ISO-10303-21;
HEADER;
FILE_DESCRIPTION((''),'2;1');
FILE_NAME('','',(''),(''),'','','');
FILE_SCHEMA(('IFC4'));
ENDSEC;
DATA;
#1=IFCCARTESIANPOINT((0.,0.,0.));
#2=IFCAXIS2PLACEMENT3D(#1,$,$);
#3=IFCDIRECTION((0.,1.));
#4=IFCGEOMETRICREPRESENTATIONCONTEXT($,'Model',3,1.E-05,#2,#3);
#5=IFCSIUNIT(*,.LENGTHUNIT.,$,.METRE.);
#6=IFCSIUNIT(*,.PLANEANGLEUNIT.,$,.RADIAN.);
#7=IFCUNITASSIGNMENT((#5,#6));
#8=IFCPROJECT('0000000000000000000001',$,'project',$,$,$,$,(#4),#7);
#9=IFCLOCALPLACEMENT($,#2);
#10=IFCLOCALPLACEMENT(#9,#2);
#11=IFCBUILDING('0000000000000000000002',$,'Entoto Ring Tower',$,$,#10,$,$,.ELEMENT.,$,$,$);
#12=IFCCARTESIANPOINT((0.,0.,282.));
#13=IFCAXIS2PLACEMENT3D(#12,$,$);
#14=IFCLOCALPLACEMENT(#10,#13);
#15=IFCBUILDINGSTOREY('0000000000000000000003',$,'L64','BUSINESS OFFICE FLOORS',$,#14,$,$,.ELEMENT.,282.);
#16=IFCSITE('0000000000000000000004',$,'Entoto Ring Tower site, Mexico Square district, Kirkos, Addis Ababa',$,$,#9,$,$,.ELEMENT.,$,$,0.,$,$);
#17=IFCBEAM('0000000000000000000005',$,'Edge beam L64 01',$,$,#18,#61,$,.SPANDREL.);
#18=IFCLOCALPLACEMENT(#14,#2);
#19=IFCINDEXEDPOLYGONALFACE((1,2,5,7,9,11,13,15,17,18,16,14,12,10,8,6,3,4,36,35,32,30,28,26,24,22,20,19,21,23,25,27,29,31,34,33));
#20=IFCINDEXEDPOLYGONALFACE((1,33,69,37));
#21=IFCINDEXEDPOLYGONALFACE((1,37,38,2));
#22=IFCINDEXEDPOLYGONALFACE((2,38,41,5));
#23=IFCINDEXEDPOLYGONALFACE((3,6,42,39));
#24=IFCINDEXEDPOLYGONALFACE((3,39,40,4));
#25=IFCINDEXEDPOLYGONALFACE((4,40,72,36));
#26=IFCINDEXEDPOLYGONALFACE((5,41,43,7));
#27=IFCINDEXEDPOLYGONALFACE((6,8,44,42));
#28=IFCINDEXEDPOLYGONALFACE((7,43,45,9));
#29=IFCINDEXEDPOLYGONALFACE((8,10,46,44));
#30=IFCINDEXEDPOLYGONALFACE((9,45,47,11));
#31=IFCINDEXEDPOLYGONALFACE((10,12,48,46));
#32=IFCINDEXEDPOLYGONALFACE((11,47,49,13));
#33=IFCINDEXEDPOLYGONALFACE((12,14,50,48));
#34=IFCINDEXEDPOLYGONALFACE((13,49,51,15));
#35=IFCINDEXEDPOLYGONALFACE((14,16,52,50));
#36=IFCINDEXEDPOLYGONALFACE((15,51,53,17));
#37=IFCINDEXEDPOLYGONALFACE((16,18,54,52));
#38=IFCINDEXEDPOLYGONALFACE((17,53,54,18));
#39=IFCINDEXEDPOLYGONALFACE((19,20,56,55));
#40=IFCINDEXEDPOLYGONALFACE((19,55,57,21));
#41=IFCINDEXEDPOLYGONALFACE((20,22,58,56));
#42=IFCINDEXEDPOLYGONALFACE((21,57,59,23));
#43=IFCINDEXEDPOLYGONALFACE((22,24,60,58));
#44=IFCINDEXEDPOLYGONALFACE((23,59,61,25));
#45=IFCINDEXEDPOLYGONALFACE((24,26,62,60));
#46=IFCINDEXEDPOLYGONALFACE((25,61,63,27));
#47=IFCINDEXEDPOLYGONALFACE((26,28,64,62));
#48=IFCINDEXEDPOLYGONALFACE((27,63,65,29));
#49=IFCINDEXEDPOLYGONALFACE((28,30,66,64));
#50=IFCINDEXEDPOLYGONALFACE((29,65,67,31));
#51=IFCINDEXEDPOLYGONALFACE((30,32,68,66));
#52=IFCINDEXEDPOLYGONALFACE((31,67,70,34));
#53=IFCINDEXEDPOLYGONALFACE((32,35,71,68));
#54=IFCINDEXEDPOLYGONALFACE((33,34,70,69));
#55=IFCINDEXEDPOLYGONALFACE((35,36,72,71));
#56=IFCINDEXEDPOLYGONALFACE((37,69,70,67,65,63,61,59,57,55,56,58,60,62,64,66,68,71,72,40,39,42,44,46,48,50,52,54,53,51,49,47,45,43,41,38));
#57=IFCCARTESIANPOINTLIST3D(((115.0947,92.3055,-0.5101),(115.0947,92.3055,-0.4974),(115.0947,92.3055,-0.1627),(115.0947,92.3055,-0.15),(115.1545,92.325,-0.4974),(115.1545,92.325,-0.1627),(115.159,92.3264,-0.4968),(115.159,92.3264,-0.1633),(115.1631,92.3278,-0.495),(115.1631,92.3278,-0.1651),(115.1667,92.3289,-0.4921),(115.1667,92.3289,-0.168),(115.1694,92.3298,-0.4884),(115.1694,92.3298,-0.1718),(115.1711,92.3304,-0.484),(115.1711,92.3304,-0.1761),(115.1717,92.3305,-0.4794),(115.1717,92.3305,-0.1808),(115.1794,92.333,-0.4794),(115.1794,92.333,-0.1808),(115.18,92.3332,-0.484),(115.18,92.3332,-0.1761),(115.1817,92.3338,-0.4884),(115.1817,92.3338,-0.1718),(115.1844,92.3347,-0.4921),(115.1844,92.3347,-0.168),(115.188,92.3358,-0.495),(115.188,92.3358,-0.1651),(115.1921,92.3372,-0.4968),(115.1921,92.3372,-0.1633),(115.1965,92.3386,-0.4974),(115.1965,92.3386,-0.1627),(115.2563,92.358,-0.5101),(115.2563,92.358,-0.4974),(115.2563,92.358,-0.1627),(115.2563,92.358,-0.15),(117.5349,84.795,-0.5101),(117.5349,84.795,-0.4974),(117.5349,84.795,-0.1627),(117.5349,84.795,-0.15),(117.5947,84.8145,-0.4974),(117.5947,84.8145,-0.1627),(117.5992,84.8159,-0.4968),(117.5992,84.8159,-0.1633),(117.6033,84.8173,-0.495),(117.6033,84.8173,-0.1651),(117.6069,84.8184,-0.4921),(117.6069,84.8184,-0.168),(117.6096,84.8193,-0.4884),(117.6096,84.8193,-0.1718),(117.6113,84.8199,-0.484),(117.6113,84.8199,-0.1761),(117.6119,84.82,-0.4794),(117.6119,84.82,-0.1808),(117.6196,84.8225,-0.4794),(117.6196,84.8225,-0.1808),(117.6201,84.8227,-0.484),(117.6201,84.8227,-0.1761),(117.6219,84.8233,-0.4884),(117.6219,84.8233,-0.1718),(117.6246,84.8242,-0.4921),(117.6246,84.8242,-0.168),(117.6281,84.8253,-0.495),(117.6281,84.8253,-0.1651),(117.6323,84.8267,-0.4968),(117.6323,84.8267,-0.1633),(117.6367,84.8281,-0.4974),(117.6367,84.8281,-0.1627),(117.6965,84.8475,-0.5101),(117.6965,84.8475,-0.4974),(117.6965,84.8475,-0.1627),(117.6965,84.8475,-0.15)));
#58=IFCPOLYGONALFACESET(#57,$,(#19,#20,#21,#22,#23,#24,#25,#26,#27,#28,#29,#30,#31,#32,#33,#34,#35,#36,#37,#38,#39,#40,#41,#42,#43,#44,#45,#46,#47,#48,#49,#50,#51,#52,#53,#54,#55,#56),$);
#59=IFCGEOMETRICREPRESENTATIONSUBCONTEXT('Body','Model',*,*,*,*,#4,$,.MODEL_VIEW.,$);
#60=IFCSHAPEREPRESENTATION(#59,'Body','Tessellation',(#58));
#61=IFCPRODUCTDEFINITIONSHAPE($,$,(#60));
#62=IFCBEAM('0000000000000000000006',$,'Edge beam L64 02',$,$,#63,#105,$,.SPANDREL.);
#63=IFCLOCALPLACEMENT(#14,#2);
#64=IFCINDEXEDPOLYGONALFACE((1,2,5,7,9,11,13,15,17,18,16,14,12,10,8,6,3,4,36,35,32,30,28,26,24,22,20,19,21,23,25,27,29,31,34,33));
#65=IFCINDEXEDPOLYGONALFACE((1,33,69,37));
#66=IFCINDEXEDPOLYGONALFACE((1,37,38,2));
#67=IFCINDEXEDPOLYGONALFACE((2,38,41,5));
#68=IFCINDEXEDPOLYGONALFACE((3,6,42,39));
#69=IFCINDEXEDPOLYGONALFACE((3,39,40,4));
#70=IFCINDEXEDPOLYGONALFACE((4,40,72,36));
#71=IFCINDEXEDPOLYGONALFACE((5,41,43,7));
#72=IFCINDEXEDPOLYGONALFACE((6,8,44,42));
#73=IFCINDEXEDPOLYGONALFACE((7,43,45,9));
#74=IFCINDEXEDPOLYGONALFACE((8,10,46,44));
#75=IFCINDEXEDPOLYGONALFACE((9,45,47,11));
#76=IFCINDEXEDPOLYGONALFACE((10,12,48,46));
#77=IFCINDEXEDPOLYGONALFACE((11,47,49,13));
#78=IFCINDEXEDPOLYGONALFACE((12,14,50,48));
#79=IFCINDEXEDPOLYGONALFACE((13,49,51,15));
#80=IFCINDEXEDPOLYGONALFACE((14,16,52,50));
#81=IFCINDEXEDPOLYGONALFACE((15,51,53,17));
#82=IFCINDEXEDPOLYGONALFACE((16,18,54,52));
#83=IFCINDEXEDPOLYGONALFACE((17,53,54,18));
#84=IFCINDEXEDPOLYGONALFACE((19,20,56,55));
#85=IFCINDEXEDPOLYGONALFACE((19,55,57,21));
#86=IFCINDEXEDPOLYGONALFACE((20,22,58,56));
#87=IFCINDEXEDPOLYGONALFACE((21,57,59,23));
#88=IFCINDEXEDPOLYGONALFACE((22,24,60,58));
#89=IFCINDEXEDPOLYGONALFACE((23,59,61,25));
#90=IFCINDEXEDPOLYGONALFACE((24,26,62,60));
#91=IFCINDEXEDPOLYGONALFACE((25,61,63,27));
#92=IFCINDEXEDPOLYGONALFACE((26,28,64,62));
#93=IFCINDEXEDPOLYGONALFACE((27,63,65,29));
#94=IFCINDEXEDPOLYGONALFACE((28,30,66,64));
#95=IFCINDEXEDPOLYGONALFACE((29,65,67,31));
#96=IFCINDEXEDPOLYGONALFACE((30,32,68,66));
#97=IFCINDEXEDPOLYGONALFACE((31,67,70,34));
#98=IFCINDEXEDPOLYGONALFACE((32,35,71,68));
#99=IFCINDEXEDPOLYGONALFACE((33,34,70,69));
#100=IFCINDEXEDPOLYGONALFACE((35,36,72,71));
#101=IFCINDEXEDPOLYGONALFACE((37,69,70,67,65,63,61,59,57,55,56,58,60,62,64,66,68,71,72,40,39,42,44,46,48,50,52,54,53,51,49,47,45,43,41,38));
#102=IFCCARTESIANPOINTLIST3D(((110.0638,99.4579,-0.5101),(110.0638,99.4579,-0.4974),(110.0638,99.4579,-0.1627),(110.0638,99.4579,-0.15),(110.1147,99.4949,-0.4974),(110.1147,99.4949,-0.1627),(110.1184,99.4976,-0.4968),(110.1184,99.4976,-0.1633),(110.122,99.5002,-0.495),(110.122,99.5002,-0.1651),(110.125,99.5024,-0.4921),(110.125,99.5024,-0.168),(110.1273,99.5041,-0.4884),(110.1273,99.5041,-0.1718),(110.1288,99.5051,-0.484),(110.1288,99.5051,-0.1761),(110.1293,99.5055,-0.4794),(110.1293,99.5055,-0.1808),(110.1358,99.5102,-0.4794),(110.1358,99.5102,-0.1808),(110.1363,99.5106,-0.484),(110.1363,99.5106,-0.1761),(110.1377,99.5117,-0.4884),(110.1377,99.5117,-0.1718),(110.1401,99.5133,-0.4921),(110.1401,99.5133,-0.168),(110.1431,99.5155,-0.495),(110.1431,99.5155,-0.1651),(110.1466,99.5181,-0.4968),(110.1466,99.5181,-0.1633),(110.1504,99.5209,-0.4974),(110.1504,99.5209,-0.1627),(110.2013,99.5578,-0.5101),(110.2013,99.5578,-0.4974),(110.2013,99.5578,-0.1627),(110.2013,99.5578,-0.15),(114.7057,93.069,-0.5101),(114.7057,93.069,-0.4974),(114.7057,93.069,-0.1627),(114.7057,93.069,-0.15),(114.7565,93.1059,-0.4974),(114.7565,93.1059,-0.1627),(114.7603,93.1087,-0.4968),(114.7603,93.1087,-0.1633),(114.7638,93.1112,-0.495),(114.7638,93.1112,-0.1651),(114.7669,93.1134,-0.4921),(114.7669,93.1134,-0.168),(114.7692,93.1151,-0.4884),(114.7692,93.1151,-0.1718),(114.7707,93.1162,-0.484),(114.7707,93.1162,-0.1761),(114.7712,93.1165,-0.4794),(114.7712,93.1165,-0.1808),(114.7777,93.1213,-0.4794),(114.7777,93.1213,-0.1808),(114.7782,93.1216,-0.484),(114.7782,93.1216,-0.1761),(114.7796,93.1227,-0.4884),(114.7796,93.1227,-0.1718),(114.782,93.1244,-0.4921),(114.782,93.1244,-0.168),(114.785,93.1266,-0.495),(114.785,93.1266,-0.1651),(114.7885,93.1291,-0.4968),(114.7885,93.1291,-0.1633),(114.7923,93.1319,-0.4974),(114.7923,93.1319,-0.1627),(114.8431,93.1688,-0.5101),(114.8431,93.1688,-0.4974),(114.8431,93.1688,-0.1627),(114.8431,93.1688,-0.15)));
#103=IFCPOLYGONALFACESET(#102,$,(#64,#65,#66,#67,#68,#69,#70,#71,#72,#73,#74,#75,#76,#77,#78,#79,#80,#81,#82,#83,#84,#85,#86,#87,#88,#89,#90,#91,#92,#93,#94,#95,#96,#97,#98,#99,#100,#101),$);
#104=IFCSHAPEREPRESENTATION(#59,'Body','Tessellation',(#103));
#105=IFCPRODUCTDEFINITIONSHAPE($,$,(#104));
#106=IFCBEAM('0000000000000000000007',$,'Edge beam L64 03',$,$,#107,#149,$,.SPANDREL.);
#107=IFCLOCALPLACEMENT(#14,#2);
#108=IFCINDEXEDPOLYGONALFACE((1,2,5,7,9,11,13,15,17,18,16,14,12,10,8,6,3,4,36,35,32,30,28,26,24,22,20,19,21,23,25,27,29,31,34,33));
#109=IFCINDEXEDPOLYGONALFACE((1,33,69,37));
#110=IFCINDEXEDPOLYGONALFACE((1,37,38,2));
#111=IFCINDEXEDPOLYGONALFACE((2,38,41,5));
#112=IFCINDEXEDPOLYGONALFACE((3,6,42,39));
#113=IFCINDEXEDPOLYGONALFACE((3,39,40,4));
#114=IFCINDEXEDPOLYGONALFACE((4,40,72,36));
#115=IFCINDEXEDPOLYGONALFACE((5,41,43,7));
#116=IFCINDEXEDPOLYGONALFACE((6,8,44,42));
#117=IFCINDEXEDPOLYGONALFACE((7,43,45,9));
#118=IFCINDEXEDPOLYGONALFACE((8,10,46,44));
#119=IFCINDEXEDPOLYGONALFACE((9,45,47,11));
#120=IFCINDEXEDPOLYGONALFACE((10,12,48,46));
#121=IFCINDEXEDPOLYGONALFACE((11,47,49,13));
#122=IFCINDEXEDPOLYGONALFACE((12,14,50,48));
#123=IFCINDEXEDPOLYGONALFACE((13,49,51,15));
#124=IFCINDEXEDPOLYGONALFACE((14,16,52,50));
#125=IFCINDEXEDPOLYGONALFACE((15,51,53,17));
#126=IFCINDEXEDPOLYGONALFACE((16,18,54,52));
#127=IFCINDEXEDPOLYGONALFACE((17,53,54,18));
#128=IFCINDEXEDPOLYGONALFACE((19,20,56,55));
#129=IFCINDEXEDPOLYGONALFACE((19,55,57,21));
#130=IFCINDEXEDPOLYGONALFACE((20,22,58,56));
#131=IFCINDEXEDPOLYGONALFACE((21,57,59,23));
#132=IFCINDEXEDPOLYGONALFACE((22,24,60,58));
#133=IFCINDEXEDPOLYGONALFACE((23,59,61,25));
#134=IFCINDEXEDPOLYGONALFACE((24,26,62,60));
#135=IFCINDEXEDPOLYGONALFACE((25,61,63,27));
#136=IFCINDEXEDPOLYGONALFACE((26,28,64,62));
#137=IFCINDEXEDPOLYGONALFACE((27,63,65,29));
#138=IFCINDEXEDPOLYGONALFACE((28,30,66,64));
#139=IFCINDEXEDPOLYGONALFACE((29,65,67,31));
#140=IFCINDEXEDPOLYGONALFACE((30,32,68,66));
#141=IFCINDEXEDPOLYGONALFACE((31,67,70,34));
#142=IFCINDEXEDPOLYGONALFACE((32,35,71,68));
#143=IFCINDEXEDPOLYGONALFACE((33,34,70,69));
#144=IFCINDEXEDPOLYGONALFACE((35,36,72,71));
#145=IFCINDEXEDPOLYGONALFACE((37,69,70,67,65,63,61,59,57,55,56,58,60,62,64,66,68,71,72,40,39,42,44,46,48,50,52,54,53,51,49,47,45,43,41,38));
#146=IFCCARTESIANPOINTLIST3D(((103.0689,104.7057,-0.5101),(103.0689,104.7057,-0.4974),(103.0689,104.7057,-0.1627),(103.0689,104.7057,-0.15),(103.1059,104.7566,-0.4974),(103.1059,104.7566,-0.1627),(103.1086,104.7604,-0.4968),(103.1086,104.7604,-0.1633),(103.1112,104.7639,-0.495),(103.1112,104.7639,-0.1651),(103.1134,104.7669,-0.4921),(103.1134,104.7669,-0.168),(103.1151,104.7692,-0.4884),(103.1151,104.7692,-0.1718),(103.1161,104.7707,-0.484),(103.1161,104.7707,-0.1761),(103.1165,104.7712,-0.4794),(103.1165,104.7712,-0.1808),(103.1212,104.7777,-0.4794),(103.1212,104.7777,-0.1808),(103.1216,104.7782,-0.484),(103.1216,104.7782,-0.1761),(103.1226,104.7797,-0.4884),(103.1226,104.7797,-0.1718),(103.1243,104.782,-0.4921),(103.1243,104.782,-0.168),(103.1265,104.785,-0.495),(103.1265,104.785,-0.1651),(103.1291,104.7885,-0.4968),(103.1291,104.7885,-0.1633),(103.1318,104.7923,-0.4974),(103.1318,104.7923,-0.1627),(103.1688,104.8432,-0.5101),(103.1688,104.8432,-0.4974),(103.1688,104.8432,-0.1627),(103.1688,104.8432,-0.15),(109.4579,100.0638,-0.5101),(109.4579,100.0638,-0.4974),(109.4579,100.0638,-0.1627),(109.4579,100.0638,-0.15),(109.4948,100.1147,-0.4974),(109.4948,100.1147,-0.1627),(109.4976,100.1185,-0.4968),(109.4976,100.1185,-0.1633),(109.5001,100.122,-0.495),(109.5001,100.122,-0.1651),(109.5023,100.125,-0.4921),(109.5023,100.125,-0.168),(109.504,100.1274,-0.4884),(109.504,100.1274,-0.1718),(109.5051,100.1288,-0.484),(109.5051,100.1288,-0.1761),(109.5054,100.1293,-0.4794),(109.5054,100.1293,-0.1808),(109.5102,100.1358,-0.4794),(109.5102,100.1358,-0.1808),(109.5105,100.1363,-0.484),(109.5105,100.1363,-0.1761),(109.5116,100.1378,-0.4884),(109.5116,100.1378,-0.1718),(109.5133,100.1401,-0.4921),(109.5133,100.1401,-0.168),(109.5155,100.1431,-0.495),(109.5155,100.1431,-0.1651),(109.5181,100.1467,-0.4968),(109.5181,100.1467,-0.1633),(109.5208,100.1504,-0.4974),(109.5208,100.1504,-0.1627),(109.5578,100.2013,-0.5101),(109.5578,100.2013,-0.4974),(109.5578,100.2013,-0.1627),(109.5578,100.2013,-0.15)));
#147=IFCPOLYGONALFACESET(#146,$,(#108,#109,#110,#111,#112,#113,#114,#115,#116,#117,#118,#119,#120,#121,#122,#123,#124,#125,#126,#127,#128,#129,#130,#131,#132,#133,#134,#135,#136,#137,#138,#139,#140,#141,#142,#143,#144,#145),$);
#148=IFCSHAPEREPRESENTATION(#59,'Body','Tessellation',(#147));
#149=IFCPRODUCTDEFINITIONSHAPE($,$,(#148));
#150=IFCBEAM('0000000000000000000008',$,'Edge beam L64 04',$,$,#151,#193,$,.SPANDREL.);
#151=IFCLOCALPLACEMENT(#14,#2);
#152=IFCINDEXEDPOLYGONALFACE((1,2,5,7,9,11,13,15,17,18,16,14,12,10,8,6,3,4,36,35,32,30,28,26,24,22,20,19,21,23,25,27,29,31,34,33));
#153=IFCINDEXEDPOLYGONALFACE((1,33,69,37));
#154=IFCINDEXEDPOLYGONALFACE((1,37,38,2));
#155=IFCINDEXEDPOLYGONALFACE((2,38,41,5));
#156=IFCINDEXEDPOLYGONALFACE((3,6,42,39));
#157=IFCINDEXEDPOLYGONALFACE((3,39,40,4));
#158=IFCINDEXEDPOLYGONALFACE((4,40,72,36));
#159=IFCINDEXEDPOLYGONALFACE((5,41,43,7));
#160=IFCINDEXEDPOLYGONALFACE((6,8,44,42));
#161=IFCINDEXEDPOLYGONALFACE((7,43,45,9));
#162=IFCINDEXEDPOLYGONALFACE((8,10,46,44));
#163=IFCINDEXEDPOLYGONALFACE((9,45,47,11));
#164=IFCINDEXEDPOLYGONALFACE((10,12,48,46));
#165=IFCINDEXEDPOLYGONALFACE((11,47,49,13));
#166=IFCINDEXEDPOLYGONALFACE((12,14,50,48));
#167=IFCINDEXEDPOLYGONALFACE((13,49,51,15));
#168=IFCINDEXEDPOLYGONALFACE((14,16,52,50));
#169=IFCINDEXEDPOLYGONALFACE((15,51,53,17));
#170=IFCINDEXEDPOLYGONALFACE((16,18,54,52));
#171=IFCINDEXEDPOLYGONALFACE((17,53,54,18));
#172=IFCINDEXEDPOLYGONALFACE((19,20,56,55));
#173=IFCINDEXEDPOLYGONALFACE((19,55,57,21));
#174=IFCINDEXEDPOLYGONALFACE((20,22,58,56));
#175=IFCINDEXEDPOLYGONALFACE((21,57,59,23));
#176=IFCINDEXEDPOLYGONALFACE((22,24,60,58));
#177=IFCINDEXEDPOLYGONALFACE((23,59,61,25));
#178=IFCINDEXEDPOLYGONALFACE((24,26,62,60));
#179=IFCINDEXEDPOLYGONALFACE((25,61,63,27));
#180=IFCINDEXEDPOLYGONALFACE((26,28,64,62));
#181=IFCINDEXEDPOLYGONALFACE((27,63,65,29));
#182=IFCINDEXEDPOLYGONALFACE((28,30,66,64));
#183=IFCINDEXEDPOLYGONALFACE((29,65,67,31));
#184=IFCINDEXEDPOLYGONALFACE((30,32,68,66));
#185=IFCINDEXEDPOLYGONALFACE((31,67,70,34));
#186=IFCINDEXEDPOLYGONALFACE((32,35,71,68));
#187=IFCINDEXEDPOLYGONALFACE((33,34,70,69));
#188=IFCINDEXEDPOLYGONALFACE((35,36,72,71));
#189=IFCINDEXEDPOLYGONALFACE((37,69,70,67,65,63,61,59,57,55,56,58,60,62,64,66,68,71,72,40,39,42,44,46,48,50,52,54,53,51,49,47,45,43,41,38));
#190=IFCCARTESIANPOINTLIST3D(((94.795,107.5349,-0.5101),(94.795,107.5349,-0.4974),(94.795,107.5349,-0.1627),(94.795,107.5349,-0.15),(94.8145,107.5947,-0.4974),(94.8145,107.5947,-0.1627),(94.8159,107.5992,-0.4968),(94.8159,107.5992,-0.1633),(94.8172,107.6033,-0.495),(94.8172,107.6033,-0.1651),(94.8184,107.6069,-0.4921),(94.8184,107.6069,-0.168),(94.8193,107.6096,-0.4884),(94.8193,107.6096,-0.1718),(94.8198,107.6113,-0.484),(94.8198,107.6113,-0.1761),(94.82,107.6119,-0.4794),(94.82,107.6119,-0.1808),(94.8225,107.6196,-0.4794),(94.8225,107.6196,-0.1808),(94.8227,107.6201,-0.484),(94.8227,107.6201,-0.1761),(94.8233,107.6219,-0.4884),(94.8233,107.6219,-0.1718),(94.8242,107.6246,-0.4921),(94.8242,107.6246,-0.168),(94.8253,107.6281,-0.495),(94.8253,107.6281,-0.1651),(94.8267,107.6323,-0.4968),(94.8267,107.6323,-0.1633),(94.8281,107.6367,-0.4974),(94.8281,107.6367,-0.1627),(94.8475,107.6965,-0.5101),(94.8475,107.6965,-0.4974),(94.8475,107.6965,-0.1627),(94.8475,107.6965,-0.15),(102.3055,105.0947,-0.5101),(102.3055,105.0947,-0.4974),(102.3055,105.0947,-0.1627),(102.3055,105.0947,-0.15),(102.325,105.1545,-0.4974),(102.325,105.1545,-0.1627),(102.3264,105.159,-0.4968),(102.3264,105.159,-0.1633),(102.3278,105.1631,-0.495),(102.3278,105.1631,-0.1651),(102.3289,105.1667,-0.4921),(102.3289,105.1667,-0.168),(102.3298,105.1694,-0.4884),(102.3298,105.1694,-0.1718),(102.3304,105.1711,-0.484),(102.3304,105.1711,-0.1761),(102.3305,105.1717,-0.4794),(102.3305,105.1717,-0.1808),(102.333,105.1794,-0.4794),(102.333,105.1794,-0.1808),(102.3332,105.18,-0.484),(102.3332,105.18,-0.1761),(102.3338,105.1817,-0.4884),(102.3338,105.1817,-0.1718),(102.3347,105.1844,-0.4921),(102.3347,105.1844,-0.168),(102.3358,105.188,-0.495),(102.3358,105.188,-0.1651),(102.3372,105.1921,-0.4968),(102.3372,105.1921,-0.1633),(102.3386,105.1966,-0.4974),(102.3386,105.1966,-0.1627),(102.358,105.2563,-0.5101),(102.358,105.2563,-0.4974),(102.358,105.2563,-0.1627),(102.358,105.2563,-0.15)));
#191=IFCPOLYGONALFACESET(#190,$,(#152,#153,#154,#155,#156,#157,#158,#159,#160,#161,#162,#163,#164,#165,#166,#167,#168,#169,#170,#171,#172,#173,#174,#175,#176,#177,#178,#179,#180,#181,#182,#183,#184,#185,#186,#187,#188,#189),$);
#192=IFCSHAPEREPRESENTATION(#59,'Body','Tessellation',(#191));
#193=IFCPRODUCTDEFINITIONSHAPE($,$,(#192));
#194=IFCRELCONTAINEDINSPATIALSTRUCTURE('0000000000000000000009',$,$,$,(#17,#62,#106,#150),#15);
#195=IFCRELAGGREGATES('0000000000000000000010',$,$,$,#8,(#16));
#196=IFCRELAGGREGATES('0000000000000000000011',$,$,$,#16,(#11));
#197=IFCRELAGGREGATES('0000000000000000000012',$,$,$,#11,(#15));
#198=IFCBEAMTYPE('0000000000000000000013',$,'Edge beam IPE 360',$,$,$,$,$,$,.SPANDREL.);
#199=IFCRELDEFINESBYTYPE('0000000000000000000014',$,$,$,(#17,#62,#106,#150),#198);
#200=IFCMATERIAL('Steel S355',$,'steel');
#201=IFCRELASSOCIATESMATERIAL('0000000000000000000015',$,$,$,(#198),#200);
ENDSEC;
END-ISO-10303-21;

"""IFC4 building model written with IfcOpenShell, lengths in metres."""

from ifc_helpers import new_model, si_unit, direction, frame, origin, origin_2d, place, context, subcontext, project, spatial, i_section, extrude, material, material_profile, profile_set, type_object, element, save


model = new_model("IFC4")

# Units and contexts
model_context = context("Model", 3, precision=1e-05, world=origin(), true_north=direction((0.0, 1.0)))
body_context = subcontext(model_context, "Body", "Model", "MODEL_VIEW")
ifc_project = project(units=[si_unit("LENGTHUNIT", "METRE"), si_unit("PLANEANGLEUNIT", "RADIAN")], contexts=[model_context])

# Site, building, storey
site_placement = place(None, origin())
site = spatial("IfcSite", under=ifc_project, at=site_placement, Name="Entoto Ring Tower site, Mexico Square district, Kirkos, Addis Ababa", CompositionType="ELEMENT", RefElevation=0.0)
building_placement = place(site_placement, origin())
building = spatial("IfcBuilding", under=site, at=building_placement, Name="Entoto Ring Tower", CompositionType="ELEMENT")
storey_placement = place(building_placement, frame((0.0, 0.0, 282.0)))
storey = spatial("IfcBuildingStorey", under=building, at=storey_placement, Name="L64", Description="BUSINESS OFFICE FLOORS", CompositionType="ELEMENT", Elevation=282.0)

# Beams
ifc_material_1 = material(Name="Steel S355", Category="steel")
ifc_material_profile_1 = material_profile(ifc_material_1, i_section(OverallWidth=0.1699, OverallDepth=0.3601, WebThickness=0.0081, FlangeThickness=0.0127, FilletRadius=0.0181, at=origin_2d()), Name="IPE 360")
ifc_profile_set_1 = profile_set([ifc_material_profile_1], Name="Steel S355")
beam_type_1 = type_object("IfcBeamType", Name="Edge beam IPE 360", PredefinedType="SPANDREL", material=ifc_profile_set_1)
beam_1_placement = place(storey_placement, frame((117.6157, 84.8213, -0.3301), z_axis=(-0.309003, 0.951061, 0.0), x_axis=(-0.951061, -0.309003, 0.0)))
element("IfcBeam", 1, at=beam_1_placement, inside=storey, type_object=beam_type_1, Name="Edge beam L64 01", PredefinedType="SPANDREL", context=body_context, shape_type="SweptSolid", body=[
    extrude(i_section(OverallWidth=0.1699, OverallDepth=0.3601, WebThickness=0.0081, FlangeThickness=0.0127, FilletRadius=0.0181, at=origin_2d()), origin(), (0.0, 0.0, 1.0), 7.897),
])
for number, where, z_axis, x_axis, name in (
    (2, (114.7744, 93.1189, -0.3301), (-0.587787, 0.809015, 0.0), (-0.809015, -0.587787, 0.0), "Edge beam L64 02"),
    (3, (109.5078, 100.1326, -0.3301), (-0.809015, 0.587787, 0.0), (-0.587787, -0.809015, 0.0), "Edge beam L64 03"),
):
    element("IfcBeam", number, at=place(storey_placement, frame(where, z_axis=z_axis, x_axis=x_axis)), inside=storey, type_object=beam_type_1, Name=name, PredefinedType="SPANDREL", context=body_context, shape_type="SweptSolid", body=[
        extrude(i_section(OverallWidth=0.1699, OverallDepth=0.3601, WebThickness=0.0081, FlangeThickness=0.0127, FilletRadius=0.0181, at=origin_2d()), origin(), (0.0, 0.0, 1.0), 7.8972),
    ])
beam_2_placement = place(storey_placement, frame((102.3318, 105.1755, -0.3301), z_axis=(-0.951061, 0.309003, 0.0), x_axis=(-0.309003, -0.951061, 0.0)))
element("IfcBeam", 4, at=beam_2_placement, inside=storey, type_object=beam_type_1, Name="Edge beam L64 04", PredefinedType="SPANDREL", context=body_context, shape_type="SweptSolid", body=[
    extrude(i_section(OverallWidth=0.1699, OverallDepth=0.3601, WebThickness=0.0081, FlangeThickness=0.0127, FilletRadius=0.0181, at=origin_2d()), origin(), (0.0, 0.0, 1.0), 7.897),
])

save(model, "model.ifc")
